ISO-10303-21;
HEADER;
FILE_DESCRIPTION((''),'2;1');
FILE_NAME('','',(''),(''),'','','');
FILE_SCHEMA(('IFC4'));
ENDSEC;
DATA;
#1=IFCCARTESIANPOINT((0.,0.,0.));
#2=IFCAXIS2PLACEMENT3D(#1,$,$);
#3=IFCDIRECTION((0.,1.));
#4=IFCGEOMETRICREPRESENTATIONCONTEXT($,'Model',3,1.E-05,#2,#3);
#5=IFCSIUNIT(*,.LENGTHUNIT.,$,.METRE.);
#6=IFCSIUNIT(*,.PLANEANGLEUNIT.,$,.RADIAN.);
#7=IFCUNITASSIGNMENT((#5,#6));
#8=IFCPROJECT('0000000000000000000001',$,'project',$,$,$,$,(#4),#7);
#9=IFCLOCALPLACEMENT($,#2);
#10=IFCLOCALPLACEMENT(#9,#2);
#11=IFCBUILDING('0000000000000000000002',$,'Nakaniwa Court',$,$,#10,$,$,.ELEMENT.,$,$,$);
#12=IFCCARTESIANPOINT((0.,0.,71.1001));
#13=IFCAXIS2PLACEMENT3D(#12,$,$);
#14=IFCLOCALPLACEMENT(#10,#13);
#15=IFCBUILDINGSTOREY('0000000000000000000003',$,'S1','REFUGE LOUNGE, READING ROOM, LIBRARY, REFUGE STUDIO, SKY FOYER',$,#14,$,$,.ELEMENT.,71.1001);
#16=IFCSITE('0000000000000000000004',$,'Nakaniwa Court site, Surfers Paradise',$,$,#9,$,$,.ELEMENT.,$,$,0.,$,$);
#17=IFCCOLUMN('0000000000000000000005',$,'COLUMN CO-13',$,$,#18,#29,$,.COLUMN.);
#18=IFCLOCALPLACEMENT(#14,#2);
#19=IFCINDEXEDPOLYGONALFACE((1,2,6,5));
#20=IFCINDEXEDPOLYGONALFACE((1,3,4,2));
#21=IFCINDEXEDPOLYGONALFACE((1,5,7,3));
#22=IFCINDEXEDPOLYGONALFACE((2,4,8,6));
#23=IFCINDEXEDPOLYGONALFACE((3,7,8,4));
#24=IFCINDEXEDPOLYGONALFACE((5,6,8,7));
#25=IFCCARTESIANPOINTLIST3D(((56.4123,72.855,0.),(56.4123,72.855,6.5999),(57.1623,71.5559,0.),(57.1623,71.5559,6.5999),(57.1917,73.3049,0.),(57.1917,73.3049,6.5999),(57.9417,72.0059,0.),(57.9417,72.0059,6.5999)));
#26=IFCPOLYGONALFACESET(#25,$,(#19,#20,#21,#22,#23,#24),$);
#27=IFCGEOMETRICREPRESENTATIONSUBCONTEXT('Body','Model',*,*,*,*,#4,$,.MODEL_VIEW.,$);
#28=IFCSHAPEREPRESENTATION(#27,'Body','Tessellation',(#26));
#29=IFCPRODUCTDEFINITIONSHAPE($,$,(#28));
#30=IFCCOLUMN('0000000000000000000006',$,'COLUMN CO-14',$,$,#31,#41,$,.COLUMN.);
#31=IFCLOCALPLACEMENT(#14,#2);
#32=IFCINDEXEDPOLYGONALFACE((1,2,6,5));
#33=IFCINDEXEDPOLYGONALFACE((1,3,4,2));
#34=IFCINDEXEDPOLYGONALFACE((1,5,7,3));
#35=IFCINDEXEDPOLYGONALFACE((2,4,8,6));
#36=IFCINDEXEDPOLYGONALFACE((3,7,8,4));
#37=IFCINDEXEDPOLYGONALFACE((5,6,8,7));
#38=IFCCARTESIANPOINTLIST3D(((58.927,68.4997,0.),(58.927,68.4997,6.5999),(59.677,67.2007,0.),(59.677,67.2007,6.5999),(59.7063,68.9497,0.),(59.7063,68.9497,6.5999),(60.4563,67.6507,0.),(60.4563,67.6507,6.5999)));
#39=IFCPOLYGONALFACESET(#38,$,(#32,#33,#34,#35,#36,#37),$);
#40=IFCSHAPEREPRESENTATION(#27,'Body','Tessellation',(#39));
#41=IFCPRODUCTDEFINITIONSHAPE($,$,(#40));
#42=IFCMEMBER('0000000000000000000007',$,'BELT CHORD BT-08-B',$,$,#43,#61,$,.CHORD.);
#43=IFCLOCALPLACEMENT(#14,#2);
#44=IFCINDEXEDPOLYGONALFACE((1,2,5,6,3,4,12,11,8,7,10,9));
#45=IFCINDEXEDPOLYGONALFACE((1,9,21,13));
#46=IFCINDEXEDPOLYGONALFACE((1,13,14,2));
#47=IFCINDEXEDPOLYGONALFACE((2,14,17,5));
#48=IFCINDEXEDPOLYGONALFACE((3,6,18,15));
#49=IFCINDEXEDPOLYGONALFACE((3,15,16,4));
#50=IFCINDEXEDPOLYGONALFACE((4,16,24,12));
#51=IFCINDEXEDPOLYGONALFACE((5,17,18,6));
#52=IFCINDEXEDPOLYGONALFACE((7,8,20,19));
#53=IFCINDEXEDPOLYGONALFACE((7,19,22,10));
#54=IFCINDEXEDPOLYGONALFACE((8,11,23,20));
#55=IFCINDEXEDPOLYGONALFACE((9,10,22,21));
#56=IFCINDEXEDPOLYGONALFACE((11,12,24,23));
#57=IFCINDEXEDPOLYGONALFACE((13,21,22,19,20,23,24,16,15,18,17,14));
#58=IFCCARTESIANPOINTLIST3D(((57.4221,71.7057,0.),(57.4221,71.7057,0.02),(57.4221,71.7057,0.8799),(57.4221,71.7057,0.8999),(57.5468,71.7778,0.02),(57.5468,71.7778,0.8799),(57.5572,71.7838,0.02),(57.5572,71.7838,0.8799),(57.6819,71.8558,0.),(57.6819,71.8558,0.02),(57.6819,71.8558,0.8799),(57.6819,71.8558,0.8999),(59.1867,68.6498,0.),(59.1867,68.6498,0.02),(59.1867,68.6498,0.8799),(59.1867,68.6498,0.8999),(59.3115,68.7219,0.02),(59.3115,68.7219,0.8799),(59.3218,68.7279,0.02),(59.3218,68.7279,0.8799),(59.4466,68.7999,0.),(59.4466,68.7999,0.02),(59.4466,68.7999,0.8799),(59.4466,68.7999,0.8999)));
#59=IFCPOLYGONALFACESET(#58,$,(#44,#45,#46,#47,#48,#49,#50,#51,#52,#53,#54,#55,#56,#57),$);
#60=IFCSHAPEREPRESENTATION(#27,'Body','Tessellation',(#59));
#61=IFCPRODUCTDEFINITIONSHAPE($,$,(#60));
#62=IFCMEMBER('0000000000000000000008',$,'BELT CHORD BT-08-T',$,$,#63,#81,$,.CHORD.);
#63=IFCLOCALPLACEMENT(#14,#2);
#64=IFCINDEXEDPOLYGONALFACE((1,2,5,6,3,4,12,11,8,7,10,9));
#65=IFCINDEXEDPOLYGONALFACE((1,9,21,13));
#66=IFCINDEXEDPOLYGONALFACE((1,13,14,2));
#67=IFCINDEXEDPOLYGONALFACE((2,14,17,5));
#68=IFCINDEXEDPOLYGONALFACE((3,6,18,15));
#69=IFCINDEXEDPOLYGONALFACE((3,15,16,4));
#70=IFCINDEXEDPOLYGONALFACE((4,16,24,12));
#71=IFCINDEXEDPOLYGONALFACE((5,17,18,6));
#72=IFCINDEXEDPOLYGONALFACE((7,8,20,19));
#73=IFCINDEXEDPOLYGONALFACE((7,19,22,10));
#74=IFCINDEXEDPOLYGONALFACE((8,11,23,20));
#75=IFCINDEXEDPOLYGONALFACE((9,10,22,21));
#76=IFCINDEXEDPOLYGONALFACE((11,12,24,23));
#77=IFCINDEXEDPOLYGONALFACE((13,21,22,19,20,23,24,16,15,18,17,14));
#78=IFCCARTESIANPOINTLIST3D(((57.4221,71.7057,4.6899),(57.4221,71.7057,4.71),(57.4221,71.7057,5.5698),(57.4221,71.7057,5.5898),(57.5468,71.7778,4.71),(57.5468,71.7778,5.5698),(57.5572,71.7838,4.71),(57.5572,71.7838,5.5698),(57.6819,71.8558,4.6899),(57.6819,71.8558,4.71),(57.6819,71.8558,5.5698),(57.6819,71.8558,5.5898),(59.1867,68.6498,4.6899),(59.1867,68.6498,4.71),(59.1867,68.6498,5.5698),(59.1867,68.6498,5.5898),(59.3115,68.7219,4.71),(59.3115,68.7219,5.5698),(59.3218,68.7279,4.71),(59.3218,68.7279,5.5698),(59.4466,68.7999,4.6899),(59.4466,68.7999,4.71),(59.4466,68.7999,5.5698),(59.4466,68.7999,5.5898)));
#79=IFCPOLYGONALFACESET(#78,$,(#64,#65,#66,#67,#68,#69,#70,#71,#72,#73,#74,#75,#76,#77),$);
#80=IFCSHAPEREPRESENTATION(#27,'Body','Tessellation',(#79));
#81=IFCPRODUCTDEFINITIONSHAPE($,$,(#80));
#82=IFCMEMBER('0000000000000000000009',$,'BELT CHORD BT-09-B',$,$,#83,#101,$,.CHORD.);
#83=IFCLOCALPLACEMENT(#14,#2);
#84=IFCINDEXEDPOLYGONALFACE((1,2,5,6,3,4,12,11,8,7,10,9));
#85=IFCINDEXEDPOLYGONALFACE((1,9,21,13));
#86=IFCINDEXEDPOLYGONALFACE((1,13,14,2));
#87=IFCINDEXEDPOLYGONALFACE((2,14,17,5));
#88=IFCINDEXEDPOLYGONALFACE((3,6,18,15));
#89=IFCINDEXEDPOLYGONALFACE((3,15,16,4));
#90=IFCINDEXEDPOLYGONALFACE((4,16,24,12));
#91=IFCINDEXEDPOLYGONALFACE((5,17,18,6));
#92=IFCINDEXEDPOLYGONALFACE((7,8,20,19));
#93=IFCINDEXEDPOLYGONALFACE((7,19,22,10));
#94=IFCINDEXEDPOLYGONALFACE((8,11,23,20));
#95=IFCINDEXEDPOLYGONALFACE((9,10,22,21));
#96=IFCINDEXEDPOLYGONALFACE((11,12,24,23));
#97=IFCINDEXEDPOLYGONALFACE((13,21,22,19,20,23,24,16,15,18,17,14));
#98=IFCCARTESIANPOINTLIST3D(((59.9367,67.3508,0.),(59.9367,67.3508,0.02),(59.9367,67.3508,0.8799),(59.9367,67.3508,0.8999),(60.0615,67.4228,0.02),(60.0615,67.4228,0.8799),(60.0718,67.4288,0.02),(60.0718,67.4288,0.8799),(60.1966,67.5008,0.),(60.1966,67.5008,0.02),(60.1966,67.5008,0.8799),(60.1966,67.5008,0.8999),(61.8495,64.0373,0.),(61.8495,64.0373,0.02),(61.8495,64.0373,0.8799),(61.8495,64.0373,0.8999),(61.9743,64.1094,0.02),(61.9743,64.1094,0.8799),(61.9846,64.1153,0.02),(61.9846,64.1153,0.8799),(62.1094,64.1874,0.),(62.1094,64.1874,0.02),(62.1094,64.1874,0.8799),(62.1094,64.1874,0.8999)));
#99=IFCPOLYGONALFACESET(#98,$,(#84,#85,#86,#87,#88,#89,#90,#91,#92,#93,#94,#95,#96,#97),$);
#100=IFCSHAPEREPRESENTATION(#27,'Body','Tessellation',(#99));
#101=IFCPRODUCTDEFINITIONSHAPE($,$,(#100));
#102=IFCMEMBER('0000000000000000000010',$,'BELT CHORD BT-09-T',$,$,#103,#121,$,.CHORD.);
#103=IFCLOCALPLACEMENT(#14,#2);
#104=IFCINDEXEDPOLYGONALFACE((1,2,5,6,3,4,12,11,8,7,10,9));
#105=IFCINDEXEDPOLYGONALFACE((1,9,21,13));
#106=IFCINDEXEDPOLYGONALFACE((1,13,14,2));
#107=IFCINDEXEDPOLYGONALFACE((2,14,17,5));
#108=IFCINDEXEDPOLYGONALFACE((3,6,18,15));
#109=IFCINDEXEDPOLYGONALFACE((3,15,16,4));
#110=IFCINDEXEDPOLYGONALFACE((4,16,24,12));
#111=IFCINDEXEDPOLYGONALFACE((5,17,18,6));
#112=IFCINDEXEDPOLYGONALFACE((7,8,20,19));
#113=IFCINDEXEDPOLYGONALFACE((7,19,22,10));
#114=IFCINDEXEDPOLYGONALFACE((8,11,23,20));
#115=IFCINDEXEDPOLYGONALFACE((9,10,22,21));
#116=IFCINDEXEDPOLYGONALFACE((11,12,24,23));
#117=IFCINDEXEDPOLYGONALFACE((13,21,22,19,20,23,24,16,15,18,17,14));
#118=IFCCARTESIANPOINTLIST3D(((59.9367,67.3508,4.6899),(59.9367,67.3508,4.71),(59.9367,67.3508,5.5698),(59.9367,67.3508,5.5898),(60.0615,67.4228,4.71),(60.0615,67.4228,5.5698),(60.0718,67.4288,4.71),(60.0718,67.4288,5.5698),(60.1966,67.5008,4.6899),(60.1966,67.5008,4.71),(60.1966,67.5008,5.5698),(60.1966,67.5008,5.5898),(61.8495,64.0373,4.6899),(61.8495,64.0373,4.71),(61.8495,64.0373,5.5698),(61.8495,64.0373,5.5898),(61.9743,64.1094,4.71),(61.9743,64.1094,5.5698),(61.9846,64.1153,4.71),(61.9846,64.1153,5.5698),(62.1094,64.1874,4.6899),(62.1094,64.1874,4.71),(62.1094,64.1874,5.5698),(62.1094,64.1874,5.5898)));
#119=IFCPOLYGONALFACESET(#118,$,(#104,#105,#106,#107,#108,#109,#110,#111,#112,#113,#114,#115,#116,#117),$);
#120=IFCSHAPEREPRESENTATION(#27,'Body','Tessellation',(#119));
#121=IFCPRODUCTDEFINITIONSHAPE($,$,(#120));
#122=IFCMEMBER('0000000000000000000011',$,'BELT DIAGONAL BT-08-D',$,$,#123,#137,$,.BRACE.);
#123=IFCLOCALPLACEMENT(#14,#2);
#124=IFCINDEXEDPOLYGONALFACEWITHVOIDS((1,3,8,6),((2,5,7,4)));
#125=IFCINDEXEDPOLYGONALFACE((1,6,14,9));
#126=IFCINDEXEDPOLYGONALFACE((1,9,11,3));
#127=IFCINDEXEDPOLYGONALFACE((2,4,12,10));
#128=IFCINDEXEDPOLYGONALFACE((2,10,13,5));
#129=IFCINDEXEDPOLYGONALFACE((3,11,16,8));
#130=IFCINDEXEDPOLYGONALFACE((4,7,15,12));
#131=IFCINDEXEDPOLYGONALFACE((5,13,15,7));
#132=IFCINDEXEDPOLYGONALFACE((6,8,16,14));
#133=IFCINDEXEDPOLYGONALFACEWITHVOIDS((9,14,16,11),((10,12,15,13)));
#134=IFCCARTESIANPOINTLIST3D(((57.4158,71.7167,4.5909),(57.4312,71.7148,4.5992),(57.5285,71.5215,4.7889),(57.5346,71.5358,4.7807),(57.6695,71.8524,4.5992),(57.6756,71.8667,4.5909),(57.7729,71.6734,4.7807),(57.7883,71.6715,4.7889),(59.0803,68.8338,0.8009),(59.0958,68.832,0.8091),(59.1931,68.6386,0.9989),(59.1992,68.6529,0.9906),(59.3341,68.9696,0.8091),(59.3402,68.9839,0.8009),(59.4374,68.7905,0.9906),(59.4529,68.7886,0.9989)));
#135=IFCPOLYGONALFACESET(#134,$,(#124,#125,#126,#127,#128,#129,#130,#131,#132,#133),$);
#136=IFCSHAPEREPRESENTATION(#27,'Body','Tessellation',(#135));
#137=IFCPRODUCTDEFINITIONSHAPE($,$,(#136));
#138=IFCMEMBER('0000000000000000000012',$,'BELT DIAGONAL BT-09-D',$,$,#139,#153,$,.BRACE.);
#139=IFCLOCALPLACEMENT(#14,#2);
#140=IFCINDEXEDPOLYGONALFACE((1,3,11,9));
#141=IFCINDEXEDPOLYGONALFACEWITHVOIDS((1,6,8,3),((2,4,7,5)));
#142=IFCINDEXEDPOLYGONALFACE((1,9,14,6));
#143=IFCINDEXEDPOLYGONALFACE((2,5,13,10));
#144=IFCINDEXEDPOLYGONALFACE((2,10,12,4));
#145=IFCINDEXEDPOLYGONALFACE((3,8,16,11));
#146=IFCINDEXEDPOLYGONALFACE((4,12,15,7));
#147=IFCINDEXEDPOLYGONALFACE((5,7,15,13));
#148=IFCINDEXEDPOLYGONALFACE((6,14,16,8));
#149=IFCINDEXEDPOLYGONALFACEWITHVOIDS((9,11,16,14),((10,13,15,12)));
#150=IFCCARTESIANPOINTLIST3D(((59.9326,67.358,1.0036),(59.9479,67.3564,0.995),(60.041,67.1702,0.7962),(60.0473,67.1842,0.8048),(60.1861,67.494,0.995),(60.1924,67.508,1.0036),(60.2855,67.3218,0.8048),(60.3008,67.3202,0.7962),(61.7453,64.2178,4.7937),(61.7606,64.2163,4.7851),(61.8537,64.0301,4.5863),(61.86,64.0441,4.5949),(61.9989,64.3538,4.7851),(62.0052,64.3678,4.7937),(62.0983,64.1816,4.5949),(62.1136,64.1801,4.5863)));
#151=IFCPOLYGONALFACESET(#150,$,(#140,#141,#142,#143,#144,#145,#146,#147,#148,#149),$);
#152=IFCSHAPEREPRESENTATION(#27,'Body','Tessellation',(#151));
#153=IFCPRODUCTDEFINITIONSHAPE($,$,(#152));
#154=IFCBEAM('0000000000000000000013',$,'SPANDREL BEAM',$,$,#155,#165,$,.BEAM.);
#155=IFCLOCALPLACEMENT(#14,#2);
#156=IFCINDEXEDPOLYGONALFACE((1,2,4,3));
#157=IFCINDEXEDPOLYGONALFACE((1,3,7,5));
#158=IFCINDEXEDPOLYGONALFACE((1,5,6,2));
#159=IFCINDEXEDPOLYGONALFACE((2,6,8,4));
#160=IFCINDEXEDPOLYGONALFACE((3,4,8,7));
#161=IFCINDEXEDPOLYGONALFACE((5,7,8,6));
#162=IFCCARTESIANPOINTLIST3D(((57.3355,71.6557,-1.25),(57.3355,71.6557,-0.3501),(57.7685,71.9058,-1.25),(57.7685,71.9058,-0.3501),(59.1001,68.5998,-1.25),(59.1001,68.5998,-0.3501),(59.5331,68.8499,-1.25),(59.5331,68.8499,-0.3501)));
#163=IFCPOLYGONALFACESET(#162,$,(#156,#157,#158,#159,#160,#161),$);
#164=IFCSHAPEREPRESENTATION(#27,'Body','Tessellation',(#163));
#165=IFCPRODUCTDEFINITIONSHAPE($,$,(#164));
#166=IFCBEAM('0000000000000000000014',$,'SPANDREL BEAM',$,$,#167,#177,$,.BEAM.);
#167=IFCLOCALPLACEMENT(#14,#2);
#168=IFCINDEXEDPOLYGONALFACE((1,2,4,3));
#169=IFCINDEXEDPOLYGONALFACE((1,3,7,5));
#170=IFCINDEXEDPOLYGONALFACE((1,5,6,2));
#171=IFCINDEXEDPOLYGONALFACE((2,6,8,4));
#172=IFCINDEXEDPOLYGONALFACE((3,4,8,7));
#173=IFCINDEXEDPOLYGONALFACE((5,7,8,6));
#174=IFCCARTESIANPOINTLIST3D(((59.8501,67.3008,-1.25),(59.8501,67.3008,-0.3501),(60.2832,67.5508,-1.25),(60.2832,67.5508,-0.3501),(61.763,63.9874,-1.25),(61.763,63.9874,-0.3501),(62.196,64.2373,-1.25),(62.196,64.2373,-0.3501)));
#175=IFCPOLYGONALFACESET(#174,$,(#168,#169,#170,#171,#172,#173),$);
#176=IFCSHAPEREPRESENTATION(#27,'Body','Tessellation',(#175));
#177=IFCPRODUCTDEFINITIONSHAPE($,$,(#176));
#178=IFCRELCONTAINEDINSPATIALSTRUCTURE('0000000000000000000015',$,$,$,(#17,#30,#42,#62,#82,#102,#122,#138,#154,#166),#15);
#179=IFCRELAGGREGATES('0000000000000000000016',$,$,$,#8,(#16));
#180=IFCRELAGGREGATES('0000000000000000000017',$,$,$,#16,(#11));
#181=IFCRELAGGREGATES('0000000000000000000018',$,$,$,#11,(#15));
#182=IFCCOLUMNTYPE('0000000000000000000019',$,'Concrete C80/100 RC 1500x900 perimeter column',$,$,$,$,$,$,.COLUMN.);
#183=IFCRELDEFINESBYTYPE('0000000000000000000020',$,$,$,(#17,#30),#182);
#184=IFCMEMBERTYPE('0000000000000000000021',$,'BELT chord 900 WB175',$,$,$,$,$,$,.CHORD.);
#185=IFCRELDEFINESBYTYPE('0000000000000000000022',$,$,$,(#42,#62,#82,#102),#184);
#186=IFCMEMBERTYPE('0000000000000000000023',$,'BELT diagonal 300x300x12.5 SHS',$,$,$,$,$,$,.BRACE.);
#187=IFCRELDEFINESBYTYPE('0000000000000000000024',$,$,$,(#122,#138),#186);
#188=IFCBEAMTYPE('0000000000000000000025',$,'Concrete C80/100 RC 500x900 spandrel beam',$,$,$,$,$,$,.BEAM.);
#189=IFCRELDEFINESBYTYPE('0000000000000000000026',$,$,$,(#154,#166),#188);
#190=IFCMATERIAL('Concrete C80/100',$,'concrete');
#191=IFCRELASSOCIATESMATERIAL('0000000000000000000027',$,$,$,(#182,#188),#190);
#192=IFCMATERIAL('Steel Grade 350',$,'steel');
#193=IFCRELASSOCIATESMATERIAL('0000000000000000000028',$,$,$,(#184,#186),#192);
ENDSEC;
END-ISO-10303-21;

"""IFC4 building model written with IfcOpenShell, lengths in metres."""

from ifc_helpers import new_model, si_unit, direction, frame, origin, origin_2d, place, context, subcontext, project, spatial, rectangle, hollow_rectangle, i_section, extrude, material, material_profile, profile_set, type_object, element, save


model = new_model("IFC4")

# Units and contexts
model_context = context("Model", 3, precision=1e-05, world=origin(), true_north=direction((0.0, 1.0)))
body_context = subcontext(model_context, "Body", "Model", "MODEL_VIEW")
ifc_project = project(units=[si_unit("LENGTHUNIT", "METRE"), si_unit("PLANEANGLEUNIT", "RADIAN")], contexts=[model_context])

# Site, building, storey
site_placement = place(None, origin())
site = spatial("IfcSite", under=ifc_project, at=site_placement, Name="Nakaniwa Court site, Surfers Paradise", CompositionType="ELEMENT", RefElevation=0.0)
building_placement = place(site_placement, origin())
building = spatial("IfcBuilding", under=site, at=building_placement, Name="Nakaniwa Court", CompositionType="ELEMENT")
storey_placement = place(building_placement, frame((0.0, 0.0, 71.1001)))
storey = spatial("IfcBuildingStorey", under=building, at=storey_placement, Name="S1", Description="REFUGE LOUNGE, READING ROOM, LIBRARY, REFUGE STUDIO, SKY FOYER", CompositionType="ELEMENT", Elevation=71.1001)

# Columns
ifc_material_1 = material(Name="Concrete C80/100", Category="concrete")
ifc_material_profile_1 = material_profile(ifc_material_1, rectangle(XDim=1.5, YDim=0.8999, at=origin_2d()), Name="Concrete C80/100 RC 1500x900 perimeter column")
ifc_profile_set_1 = profile_set([ifc_material_profile_1], Name="Concrete C80/100")
column_type = type_object("IfcColumnType", Name="Concrete C80/100 RC 1500x900 perimeter column", PredefinedType="COLUMN", material=ifc_profile_set_1)
for number, where, z_axis, x_axis, name in (
    (1, (57.177, 72.4304, 0.0), (0.0, 0.0, 1.0), (0.5, -0.866025, 0.0), "COLUMN CO-13"),
    (2, (59.6917, 68.0752, 0.0), (0.0, 0.0, 1.0), (0.5, -0.866025, 0.0), "COLUMN CO-14"),
):
    element("IfcColumn", number, at=place(storey_placement, frame(where, z_axis=z_axis, x_axis=x_axis)), inside=storey, type_object=column_type, Name=name, PredefinedType="COLUMN", context=body_context, shape_type="SweptSolid", body=[
        extrude(rectangle(XDim=1.5, YDim=0.8999, at=origin_2d()), origin(), (0.0, 0.0, 1.0), 6.5999),
    ])

# Members
ifc_material_2 = material(Name="Steel Grade 350", Category="steel")
ifc_material_profile_2 = material_profile(ifc_material_2, i_section(OverallWidth=0.3, OverallDepth=0.8999, WebThickness=0.012, FlangeThickness=0.02, at=origin_2d()), Name="900WB175")
ifc_profile_set_2 = profile_set([ifc_material_profile_2], Name="Steel Grade 350")
member_type_1 = type_object("IfcMemberType", Name="BELT chord 900 WB175", PredefinedType="CHORD", material=ifc_profile_set_2)
for number, where, z_axis, x_axis, name in (
    (3, (57.552, 71.7808, 0.45), (0.500068, -0.865986, 0.0), (0.865986, 0.500068, 0.0), "BELT CHORD BT-08-B"),
    (4, (57.552, 71.7808, 5.1399), (0.500068, -0.865986, 0.0), (0.865986, 0.500068, 0.0), "BELT CHORD BT-08-T"),
):
    element("IfcMember", number, at=place(storey_placement, frame(where, z_axis=z_axis, x_axis=x_axis)), inside=storey, type_object=member_type_1, Name=name, PredefinedType="CHORD", context=body_context, shape_type="SweptSolid", body=[
        extrude(i_section(OverallWidth=0.3, OverallDepth=0.8999, WebThickness=0.012, FlangeThickness=0.02, at=origin_2d()), origin(), (0.0, 0.0, 1.0), 3.5288),
    ])
for number, where, z_axis, x_axis, name in (
    (5, (60.0667, 67.4258, 0.45), (0.499962, -0.866047, 0.0), (0.866047, 0.499962, 0.0), "BELT CHORD BT-09-B"),
    (6, (60.0667, 67.4258, 5.1399), (0.499962, -0.866047, 0.0), (0.866047, 0.499962, 0.0), "BELT CHORD BT-09-T"),
):
    element("IfcMember", number, at=place(storey_placement, frame(where, z_axis=z_axis, x_axis=x_axis)), inside=storey, type_object=member_type_1, Name=name, PredefinedType="CHORD", context=body_context, shape_type="SweptSolid", body=[
        extrude(i_section(OverallWidth=0.3, OverallDepth=0.8999, WebThickness=0.012, FlangeThickness=0.02, at=origin_2d()), origin(), (0.0, 0.0, 1.0), 3.8259),
    ])
ifc_material_profile_3 = material_profile(ifc_material_2, hollow_rectangle(XDim=0.3, YDim=0.3, WallThickness=0.0125, at=origin_2d()), Name="BELT diagonal 300x300x12.5 SHS")
ifc_profile_set_3 = profile_set([ifc_material_profile_3], Name="Steel Grade 350")
member_type_2 = type_object("IfcMemberType", Name="BELT diagonal 300x300x12.5 SHS", PredefinedType="BRACE", material=ifc_profile_set_3)
member_1_placement = place(storey_placement, frame((57.6021, 71.6941, 4.6899), z_axis=(0.329981, -0.57149, -0.751339), x_axis=(0.866005, 0.500036, 0.0)))
element("IfcMember", 7, at=member_1_placement, inside=storey, type_object=member_type_2, Name="BELT DIAGONAL BT-08-D", PredefinedType="BRACE", context=body_context, shape_type="SweptSolid", body=[
    extrude(hollow_rectangle(XDim=0.3, YDim=0.3, WallThickness=0.0125, at=origin_2d()), origin(), (0.0, 0.0, 1.0), 5.0444),
])
member_2_placement = place(storey_placement, frame((60.1167, 67.3391, 0.8999), z_axis=(0.345608, -0.598682, 0.722589), x_axis=(0.866051, 0.499956, 0.0)))
element("IfcMember", 8, at=member_2_placement, inside=storey, type_object=member_type_2, Name="BELT DIAGONAL BT-09-D", PredefinedType="BRACE", context=body_context, shape_type="SweptSolid", body=[
    extrude(hollow_rectangle(XDim=0.3, YDim=0.3, WallThickness=0.0125, at=origin_2d()), origin(), (0.0, 0.0, 1.0), 5.2451),
])

# Beams
ifc_material_profile_4 = material_profile(ifc_material_1, rectangle(XDim=0.5, YDim=0.8999, at=origin_2d()), Name="Concrete C80/100 RC 500x900 spandrel beam")
ifc_profile_set_4 = profile_set([ifc_material_profile_4], Name="Concrete C80/100")
beam_type = type_object("IfcBeamType", Name="Concrete C80/100 RC 500x900 spandrel beam", PredefinedType="BEAM", material=ifc_profile_set_4)
beam_1_placement = place(storey_placement, frame((57.552, 71.7808, -0.8), z_axis=(0.500068, -0.865986, 0.0), x_axis=(0.865986, 0.500068, 0.0)))
element("IfcBeam", 9, at=beam_1_placement, inside=storey, type_object=beam_type, Name="SPANDREL BEAM", PredefinedType="BEAM", context=body_context, shape_type="SweptSolid", body=[
    extrude(rectangle(XDim=0.5, YDim=0.8999, at=origin_2d()), origin(), (0.0, 0.0, 1.0), 3.5288),
])
beam_2_placement = place(storey_placement, frame((60.0667, 67.4258, -0.8), z_axis=(0.499962, -0.866047, 0.0), x_axis=(0.866047, 0.499962, 0.0)))
element("IfcBeam", 10, at=beam_2_placement, inside=storey, type_object=beam_type, Name="SPANDREL BEAM", PredefinedType="BEAM", context=body_context, shape_type="SweptSolid", body=[
    extrude(rectangle(XDim=0.5, YDim=0.8999, at=origin_2d()), origin(), (0.0, 0.0, 1.0), 3.8259),
])

save(model, "model.ifc")
